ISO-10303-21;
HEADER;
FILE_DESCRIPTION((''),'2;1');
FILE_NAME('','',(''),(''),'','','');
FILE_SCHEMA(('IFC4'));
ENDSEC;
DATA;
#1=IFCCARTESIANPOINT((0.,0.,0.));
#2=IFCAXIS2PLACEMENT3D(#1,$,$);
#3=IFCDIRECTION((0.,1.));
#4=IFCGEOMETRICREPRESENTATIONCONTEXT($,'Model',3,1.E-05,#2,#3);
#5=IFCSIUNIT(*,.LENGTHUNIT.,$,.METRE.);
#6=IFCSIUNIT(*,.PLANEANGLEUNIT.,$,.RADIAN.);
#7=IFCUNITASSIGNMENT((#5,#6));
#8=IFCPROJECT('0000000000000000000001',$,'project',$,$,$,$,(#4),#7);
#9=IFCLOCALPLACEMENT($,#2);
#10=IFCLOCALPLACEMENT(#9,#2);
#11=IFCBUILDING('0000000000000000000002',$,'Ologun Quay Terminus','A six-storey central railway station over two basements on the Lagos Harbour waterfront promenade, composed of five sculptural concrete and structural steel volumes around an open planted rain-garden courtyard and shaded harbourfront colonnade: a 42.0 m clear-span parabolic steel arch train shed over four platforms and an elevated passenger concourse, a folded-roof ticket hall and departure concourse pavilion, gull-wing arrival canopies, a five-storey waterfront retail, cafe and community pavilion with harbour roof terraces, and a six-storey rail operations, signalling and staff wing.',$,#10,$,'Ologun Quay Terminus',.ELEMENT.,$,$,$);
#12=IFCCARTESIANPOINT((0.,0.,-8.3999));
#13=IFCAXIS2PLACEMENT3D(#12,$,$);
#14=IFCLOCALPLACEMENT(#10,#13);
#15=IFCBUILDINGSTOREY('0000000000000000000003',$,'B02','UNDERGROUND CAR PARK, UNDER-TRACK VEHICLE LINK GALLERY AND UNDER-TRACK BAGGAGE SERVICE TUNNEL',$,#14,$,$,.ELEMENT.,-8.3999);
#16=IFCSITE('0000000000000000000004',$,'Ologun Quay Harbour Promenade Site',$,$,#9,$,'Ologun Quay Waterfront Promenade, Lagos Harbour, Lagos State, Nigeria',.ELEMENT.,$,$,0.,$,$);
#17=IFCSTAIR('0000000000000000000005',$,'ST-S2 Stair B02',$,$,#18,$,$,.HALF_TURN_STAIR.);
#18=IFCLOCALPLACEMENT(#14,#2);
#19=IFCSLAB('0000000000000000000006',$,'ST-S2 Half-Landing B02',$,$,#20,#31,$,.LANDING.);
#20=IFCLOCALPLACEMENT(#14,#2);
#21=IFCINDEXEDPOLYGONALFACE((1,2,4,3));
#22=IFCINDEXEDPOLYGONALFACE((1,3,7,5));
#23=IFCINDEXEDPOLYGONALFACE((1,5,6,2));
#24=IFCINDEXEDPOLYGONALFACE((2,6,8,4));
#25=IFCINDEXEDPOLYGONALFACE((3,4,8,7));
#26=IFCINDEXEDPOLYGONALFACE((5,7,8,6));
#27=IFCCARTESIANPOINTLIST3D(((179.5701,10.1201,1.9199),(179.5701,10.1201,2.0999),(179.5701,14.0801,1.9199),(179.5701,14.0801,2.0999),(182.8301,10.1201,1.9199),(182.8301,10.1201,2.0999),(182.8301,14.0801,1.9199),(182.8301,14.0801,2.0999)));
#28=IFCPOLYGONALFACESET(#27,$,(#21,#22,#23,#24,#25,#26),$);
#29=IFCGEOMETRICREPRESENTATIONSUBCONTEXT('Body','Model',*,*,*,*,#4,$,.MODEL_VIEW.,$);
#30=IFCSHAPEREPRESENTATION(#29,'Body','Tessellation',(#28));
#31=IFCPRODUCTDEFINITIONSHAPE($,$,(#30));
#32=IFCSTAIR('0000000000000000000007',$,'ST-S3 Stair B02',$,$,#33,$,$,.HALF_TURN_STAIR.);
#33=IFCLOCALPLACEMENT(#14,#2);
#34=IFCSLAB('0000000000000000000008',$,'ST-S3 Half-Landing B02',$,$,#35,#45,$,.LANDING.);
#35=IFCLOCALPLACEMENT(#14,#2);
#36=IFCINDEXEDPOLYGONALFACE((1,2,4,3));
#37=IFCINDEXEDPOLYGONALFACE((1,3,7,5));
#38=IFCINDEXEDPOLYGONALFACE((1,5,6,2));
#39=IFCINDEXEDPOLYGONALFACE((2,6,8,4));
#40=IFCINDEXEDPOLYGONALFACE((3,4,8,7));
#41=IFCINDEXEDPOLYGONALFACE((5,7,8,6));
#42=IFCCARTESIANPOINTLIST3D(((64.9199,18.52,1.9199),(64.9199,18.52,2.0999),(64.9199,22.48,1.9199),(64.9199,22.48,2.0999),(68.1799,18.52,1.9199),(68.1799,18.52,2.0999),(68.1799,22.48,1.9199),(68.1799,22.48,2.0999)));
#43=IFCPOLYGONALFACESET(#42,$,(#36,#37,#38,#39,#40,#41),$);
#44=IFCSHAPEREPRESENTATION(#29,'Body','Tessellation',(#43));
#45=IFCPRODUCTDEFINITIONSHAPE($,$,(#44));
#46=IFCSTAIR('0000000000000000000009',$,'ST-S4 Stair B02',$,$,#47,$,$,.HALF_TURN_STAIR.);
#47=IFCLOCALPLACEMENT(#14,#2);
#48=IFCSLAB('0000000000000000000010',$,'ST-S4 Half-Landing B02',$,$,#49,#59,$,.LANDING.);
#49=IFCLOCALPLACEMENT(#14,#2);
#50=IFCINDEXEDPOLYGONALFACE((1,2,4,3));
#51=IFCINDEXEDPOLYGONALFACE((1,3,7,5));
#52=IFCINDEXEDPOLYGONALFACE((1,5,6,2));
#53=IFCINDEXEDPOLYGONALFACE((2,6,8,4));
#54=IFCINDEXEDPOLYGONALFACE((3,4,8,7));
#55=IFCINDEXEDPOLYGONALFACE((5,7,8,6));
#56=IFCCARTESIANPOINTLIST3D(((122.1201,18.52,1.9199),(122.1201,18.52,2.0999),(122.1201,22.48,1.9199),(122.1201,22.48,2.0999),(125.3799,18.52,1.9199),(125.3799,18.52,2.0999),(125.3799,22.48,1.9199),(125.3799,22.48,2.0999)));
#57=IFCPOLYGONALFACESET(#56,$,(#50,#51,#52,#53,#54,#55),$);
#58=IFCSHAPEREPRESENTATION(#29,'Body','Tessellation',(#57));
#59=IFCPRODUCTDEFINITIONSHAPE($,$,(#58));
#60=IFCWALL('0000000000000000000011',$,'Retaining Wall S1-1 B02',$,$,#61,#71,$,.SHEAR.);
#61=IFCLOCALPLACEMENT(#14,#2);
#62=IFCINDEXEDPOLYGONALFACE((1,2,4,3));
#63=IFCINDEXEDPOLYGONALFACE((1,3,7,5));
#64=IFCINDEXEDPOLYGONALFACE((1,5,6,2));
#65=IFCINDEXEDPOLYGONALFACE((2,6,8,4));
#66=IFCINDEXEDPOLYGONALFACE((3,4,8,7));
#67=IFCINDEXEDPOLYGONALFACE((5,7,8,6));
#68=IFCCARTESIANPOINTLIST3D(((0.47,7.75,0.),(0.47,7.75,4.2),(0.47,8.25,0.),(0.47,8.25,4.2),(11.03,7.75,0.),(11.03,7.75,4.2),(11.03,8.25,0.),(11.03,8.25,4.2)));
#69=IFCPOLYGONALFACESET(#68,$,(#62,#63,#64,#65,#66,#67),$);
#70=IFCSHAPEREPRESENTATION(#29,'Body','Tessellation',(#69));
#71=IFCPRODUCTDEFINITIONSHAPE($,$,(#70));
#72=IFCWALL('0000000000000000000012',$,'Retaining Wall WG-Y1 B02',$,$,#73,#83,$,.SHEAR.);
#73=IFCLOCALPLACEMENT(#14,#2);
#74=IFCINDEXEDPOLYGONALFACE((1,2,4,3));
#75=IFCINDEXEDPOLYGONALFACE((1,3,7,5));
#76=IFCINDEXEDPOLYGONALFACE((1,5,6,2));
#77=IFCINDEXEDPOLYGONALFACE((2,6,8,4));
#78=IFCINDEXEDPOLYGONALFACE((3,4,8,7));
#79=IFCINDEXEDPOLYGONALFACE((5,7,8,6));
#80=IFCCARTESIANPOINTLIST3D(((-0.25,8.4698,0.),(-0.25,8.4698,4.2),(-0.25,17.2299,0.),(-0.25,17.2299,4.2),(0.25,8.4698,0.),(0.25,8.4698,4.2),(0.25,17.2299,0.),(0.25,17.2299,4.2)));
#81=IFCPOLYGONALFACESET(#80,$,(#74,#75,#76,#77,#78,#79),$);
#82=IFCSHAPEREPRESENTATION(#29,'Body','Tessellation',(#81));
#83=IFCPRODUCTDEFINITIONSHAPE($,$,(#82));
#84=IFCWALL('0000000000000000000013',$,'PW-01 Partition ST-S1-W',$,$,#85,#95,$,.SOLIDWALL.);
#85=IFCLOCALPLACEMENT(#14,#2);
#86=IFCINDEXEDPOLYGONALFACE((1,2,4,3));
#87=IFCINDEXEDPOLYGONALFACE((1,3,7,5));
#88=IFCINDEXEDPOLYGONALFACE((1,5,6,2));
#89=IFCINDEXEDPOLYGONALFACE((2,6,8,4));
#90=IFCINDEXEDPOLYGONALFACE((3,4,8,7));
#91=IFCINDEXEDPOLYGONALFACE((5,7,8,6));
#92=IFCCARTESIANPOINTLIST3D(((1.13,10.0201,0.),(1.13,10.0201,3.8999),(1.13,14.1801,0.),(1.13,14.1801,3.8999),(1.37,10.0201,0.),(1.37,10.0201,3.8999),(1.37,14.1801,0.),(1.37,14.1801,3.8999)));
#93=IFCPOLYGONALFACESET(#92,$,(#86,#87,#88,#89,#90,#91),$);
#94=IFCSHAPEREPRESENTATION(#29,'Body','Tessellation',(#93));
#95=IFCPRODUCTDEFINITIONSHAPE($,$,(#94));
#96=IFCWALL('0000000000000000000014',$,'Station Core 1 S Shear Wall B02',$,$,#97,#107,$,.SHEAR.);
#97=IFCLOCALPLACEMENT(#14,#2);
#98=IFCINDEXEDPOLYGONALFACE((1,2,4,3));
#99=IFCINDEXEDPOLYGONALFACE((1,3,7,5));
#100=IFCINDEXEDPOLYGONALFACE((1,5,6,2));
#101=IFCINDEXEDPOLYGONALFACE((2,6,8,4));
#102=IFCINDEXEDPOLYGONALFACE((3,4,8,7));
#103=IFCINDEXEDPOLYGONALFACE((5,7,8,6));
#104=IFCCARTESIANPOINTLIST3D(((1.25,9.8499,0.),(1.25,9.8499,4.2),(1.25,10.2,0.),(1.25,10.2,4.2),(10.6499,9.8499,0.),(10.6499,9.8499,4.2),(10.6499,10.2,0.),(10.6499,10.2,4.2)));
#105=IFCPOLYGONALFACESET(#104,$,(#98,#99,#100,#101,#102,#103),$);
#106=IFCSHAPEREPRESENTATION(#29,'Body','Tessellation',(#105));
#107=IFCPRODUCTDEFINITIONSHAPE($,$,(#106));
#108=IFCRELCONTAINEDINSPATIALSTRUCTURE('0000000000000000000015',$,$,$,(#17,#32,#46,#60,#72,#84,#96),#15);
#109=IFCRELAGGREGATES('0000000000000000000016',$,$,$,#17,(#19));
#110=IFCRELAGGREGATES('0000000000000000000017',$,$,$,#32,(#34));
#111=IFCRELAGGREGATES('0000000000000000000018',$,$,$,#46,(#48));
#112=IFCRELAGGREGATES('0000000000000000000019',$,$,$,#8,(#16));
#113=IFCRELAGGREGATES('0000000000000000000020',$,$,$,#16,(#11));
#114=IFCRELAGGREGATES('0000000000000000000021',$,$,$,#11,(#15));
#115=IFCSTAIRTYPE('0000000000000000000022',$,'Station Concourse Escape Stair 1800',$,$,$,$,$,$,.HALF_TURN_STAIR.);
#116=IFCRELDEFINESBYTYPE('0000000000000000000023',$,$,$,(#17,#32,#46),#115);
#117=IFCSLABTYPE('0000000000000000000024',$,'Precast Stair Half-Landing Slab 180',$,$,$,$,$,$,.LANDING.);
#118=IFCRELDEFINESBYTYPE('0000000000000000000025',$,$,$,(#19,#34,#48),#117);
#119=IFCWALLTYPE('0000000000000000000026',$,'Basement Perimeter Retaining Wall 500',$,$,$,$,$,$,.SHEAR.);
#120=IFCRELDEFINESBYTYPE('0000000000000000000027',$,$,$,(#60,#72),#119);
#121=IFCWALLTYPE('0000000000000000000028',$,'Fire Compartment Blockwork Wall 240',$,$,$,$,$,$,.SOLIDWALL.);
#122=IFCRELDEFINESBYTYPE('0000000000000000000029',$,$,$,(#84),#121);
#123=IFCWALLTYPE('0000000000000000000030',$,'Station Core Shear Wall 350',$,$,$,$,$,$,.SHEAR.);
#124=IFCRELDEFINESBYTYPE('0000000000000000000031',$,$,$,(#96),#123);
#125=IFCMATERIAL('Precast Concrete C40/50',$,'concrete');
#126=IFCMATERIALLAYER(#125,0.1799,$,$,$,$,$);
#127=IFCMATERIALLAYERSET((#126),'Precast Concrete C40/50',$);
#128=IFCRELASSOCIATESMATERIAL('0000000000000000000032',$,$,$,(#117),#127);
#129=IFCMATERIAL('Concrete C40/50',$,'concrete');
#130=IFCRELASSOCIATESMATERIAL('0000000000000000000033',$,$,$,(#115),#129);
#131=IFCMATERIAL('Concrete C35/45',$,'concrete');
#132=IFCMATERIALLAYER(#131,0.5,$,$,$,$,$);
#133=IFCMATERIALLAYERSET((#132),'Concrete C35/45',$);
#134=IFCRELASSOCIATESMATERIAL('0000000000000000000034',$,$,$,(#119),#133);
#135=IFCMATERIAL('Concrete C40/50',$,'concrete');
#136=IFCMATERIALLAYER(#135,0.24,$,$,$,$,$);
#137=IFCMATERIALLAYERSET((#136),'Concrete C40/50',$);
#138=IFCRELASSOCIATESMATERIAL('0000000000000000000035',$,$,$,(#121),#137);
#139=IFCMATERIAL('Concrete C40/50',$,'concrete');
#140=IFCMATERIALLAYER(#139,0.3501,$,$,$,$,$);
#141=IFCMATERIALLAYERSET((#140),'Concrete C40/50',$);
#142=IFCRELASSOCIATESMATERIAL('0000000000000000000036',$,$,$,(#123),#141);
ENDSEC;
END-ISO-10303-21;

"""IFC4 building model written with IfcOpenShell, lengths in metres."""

from ifc_helpers import new_model, si_unit, direction, frame, frame_2d, origin, place, context, subcontext, project, spatial, polyline, rectangle, outline, extrude, material, layer, layer_set, type_object, element, aggregate, save


model = new_model("IFC4")

# Units and contexts
model_context = context("Model", 3, precision=1e-05, world=origin(), true_north=direction((0.0, 1.0)))
body_context = subcontext(model_context, "Body", "Model", "MODEL_VIEW")
ifc_project = project(units=[si_unit("LENGTHUNIT", "METRE"), si_unit("PLANEANGLEUNIT", "RADIAN")], contexts=[model_context])

# Site, building, storey
site_placement = place(None, origin())
site = spatial("IfcSite", under=ifc_project, at=site_placement, Name="Ologun Quay Harbour Promenade Site", LongName="Ologun Quay Waterfront Promenade, Lagos Harbour, Lagos State, Nigeria", CompositionType="ELEMENT", RefElevation=0.0)
building_placement = place(site_placement, origin())
building = spatial("IfcBuilding", under=site, at=building_placement, Name="Ologun Quay Terminus", Description="A six-storey central railway station over two basements on the Lagos Harbour waterfront promenade, composed of five sculptural concrete and structural steel volumes around an open planted rain-garden courtyard and shaded harbourfront colonnade: a 42.0 m clear-span parabolic steel arch train shed over four platforms and an elevated passenger concourse, a folded-roof ticket hall and departure concourse pavilion, gull-wing arrival canopies, a five-storey waterfront retail, cafe and community pavilion with harbour roof terraces, and a six-storey rail operations, signalling and staff wing.", LongName="Ologun Quay Terminus", CompositionType="ELEMENT")
storey_placement = place(building_placement, frame((0.0, 0.0, -8.3999)))
storey = spatial("IfcBuildingStorey", under=building, at=storey_placement, Name="B02", Description="UNDERGROUND CAR PARK, UNDER-TRACK VEHICLE LINK GALLERY AND UNDER-TRACK BAGGAGE SERVICE TUNNEL", CompositionType="ELEMENT", Elevation=-8.3999)

# Stairs, slabs
ifc_material_1 = material(Name="Precast Concrete C40/50", Category="concrete")
ifc_layer_1 = layer(ifc_material_1, 0.1799)
ifc_layer_set_1 = layer_set([ifc_layer_1], Name="Precast Concrete C40/50")
slab_type_1 = type_object("IfcSlabType", Name="Precast Stair Half-Landing Slab 180", PredefinedType="LANDING", material=ifc_layer_set_1)
ifc_material_2 = material(Name="Concrete C40/50", Category="concrete")
stair_type_1 = type_object("IfcStairType", Name="Station Concourse Escape Stair 1800", PredefinedType="HALF_TURN_STAIR", material=ifc_material_2)
stair_1_placement = place(storey_placement, origin())
stair_1 = element("IfcStair", 1, at=stair_1_placement, inside=storey, type_object=stair_type_1, Name="ST-S2 Stair B02", PredefinedType="HALF_TURN_STAIR")
slab_1_placement = place(storey_placement, frame((0.0, 0.0, 1.9199)))
slab_1 = element("IfcSlab", 2, at=slab_1_placement, type_object=slab_type_1, Name="ST-S2 Half-Landing B02", PredefinedType="LANDING", context=body_context, shape_type="SweptSolid", body=[
    extrude(outline(polyline([(179.5701, 10.1201), (182.8301, 10.1201), (182.8301, 14.0801), (179.5701, 14.0801), (179.5701, 10.1201)])), origin(), (0.0, 0.0, 1.0), 0.1799),
])
aggregate(stair_1, [slab_1])
stair_2_placement = place(storey_placement, origin())
stair_2 = element("IfcStair", 3, at=stair_2_placement, inside=storey, type_object=stair_type_1, Name="ST-S3 Stair B02", PredefinedType="HALF_TURN_STAIR")
slab_2_placement = place(storey_placement, frame((0.0, 0.0, 1.9199)))
slab_2 = element("IfcSlab", 4, at=slab_2_placement, type_object=slab_type_1, Name="ST-S3 Half-Landing B02", PredefinedType="LANDING", context=body_context, shape_type="SweptSolid", body=[
    extrude(outline(polyline([(64.9199, 18.52), (68.1799, 18.52), (68.1799, 22.48), (64.9199, 22.48), (64.9199, 18.52)])), origin(), (0.0, 0.0, 1.0), 0.1799),
])
aggregate(stair_2, [slab_2])
stair_3_placement = place(storey_placement, origin())
stair_3 = element("IfcStair", 5, at=stair_3_placement, inside=storey, type_object=stair_type_1, Name="ST-S4 Stair B02", PredefinedType="HALF_TURN_STAIR")
slab_3_placement = place(storey_placement, frame((0.0, 0.0, 1.9199)))
slab_3 = element("IfcSlab", 6, at=slab_3_placement, type_object=slab_type_1, Name="ST-S4 Half-Landing B02", PredefinedType="LANDING", context=body_context, shape_type="SweptSolid", body=[
    extrude(outline(polyline([(122.1201, 18.52), (125.3799, 18.52), (125.3799, 22.48), (122.1201, 22.48), (122.1201, 18.52)])), origin(), (0.0, 0.0, 1.0), 0.1799),
])
aggregate(stair_3, [slab_3])

# Walls
ifc_material_3 = material(Name="Concrete C35/45", Category="concrete")
ifc_layer_2 = layer(ifc_material_3, 0.5)
ifc_layer_set_2 = layer_set([ifc_layer_2], Name="Concrete C35/45")
wall_type_1 = type_object("IfcWallType", Name="Basement Perimeter Retaining Wall 500", PredefinedType="SHEAR", material=ifc_layer_set_2)
wall_1_placement = place(storey_placement, frame((0.47, 8.0, 0.0), z_axis=(0.0, 0.0, 1.0), x_axis=(1.0, 0.0, 0.0)))
element("IfcWall", 7, at=wall_1_placement, inside=storey, type_object=wall_type_1, Name="Retaining Wall S1-1 B02", PredefinedType="SHEAR", context=body_context, shape_type="SweptSolid", body=[
    extrude(rectangle(XDim=10.5601, YDim=0.5, at=frame_2d((5.28, 0.0))), origin(), (0.0, 0.0, 1.0), 4.2),
])
wall_2_placement = place(storey_placement, frame((0.0, 8.47, 0.0), z_axis=(0.0, 0.0, 1.0), x_axis=(0.0, 1.0, 0.0)))
element("IfcWall", 8, at=wall_2_placement, inside=storey, type_object=wall_type_1, Name="Retaining Wall WG-Y1 B02", PredefinedType="SHEAR", context=body_context, shape_type="SweptSolid", body=[
    extrude(rectangle(XDim=8.76, YDim=0.5, at=frame_2d((4.3799, 0.0))), origin(), (0.0, 0.0, 1.0), 4.2),
])
ifc_material_4 = material(Name="Concrete C40/50", Category="concrete")
ifc_layer_3 = layer(ifc_material_4, 0.24)
ifc_layer_set_3 = layer_set([ifc_layer_3], Name="Concrete C40/50")
wall_type_2 = type_object("IfcWallType", Name="Fire Compartment Blockwork Wall 240", PredefinedType="SOLIDWALL", material=ifc_layer_set_3)
wall_3_placement = place(storey_placement, frame((1.25, 10.02, 0.0), z_axis=(0.0, 0.0, 1.0), x_axis=(0.0, 1.0, 0.0)))
element("IfcWall", 9, at=wall_3_placement, inside=storey, type_object=wall_type_2, Name="PW-01 Partition ST-S1-W", PredefinedType="SOLIDWALL", context=body_context, shape_type="SweptSolid", body=[
    extrude(rectangle(XDim=4.1599, YDim=0.24, at=frame_2d((2.0801, 0.0))), origin(), (0.0, 0.0, 1.0), 3.8999),
])
ifc_material_5 = material(Name="Concrete C40/50", Category="concrete")
ifc_layer_4 = layer(ifc_material_5, 0.3501)
ifc_layer_set_4 = layer_set([ifc_layer_4], Name="Concrete C40/50")
wall_type_3 = type_object("IfcWallType", Name="Station Core Shear Wall 350", PredefinedType="SHEAR", material=ifc_layer_set_4)
wall_4_placement = place(storey_placement, frame((1.25, 10.0249, 0.0), z_axis=(0.0, 0.0, 1.0), x_axis=(1.0, 0.0, 0.0)))
element("IfcWall", 10, at=wall_4_placement, inside=storey, type_object=wall_type_3, Name="Station Core 1 S Shear Wall B02", PredefinedType="SHEAR", context=body_context, shape_type="SweptSolid", body=[
    extrude(rectangle(XDim=9.3999, YDim=0.3501, at=frame_2d((4.7, 0.0))), origin(), (0.0, 0.0, 1.0), 4.2),
])

save(model, "model.ifc")
